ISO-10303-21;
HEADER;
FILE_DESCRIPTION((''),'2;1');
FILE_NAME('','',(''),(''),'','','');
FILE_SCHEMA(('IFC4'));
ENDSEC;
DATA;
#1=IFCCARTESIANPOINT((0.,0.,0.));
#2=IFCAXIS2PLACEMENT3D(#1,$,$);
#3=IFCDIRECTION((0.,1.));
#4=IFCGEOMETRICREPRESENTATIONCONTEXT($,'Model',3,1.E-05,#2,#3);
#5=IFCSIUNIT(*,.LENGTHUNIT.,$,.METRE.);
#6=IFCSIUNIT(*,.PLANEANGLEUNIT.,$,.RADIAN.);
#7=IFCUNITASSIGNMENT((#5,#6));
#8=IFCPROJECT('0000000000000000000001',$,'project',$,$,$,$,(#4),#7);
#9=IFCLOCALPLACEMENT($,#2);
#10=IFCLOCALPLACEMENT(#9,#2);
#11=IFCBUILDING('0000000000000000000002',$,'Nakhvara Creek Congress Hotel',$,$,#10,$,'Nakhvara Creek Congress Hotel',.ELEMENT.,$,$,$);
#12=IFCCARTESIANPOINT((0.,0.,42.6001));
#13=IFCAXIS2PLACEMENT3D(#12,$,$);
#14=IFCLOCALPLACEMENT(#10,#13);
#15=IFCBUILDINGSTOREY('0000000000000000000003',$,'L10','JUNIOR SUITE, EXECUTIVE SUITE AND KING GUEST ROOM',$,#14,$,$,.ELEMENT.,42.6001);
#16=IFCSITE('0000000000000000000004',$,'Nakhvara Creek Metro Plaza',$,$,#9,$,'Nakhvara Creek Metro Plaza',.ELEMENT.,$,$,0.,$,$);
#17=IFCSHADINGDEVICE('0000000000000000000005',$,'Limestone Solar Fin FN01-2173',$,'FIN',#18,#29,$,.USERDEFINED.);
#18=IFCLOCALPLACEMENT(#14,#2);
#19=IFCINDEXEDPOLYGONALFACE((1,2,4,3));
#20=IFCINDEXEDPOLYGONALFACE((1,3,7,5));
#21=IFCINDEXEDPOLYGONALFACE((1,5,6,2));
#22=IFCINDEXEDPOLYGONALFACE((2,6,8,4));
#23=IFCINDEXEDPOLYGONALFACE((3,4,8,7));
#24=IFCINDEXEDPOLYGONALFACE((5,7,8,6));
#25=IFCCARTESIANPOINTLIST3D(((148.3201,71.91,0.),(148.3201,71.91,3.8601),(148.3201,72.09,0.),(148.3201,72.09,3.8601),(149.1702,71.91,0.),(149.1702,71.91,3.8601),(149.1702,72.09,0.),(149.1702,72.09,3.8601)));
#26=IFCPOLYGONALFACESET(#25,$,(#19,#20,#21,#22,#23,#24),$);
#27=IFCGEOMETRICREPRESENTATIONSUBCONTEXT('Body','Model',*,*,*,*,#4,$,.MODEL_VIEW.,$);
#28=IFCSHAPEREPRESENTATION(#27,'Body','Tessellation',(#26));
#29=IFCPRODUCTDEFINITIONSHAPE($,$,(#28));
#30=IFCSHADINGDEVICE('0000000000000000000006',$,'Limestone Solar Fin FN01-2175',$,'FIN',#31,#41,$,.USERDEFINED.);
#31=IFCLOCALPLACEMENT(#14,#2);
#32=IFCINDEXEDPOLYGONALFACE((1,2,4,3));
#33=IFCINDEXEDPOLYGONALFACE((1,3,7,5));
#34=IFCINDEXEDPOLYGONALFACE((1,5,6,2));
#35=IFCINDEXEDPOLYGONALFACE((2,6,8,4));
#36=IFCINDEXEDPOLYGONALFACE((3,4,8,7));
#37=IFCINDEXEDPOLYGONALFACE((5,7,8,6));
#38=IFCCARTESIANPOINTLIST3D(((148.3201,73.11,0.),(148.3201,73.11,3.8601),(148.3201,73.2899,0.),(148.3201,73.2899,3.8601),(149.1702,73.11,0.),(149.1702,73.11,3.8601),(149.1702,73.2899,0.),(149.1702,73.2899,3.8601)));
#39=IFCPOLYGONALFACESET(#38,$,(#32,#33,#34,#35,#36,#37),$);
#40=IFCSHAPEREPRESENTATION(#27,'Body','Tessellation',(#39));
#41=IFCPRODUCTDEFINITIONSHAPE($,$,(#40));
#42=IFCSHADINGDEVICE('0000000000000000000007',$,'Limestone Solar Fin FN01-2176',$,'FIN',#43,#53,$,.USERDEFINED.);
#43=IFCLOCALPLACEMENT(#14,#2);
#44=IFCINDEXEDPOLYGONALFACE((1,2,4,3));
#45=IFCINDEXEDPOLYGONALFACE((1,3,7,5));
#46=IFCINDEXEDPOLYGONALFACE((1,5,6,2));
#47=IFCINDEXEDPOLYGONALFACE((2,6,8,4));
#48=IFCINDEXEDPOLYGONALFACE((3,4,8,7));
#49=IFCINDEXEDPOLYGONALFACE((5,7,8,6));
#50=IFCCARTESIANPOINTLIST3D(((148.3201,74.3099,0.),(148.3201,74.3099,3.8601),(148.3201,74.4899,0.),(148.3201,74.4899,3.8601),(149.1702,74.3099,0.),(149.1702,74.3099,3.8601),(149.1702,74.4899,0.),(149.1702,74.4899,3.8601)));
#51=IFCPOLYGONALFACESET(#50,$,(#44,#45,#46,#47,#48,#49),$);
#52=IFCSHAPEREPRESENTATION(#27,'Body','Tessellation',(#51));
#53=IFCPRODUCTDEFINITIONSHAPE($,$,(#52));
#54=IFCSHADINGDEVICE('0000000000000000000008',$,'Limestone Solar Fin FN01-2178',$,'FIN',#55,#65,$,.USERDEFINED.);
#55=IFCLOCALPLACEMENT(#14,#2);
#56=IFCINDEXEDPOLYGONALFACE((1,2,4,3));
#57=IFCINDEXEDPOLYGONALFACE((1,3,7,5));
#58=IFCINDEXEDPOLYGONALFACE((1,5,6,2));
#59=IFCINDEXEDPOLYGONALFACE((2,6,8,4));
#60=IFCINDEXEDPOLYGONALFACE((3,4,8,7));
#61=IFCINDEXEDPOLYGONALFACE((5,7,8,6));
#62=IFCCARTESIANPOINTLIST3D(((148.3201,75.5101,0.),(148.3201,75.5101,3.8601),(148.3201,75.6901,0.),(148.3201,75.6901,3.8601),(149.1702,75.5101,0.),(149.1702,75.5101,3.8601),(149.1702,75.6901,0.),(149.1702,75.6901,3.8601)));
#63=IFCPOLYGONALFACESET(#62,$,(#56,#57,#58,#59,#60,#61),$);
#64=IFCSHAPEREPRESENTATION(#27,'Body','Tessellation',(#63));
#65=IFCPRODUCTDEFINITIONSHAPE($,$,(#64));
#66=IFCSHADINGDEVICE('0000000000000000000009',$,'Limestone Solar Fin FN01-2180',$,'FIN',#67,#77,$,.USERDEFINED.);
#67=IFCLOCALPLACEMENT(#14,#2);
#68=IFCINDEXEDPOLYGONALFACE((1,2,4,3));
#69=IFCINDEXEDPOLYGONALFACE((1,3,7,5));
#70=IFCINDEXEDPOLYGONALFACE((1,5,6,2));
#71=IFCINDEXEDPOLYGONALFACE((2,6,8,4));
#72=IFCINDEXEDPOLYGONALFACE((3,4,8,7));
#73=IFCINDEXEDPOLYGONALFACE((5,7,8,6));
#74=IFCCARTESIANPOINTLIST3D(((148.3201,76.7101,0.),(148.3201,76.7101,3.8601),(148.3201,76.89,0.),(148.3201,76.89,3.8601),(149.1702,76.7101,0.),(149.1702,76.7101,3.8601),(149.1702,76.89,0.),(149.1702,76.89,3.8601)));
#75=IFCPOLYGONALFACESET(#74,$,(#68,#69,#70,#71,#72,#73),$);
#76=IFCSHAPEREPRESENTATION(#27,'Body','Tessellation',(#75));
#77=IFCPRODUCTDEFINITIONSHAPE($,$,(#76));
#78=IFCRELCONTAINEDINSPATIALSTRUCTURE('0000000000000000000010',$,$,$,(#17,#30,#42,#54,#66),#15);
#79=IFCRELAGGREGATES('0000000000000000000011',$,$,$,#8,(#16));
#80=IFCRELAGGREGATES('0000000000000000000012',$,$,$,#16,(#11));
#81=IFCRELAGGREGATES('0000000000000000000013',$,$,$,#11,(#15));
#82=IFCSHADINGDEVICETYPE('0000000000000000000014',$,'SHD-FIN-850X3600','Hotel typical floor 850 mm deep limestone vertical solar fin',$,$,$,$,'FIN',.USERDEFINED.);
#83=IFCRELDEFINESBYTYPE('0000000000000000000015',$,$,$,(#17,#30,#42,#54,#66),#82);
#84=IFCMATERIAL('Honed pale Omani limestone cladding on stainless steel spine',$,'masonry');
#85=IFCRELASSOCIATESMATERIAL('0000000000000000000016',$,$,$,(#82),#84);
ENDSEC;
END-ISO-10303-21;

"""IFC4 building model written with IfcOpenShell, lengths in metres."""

from ifc_helpers import new_model, si_unit, direction, frame, origin, origin_2d, place, context, subcontext, project, spatial, rectangle, extrude, material, type_object, element, save


model = new_model("IFC4")

# Units and contexts
model_context = context("Model", 3, precision=1e-05, world=origin(), true_north=direction((0.0, 1.0)))
body_context = subcontext(model_context, "Body", "Model", "MODEL_VIEW")
ifc_project = project(units=[si_unit("LENGTHUNIT", "METRE"), si_unit("PLANEANGLEUNIT", "RADIAN")], contexts=[model_context])

# Site, building, storey
site_placement = place(None, origin())
site = spatial("IfcSite", under=ifc_project, at=site_placement, Name="Nakhvara Creek Metro Plaza", LongName="Nakhvara Creek Metro Plaza", CompositionType="ELEMENT", RefElevation=0.0)
building_placement = place(site_placement, origin())
building = spatial("IfcBuilding", under=site, at=building_placement, Name="Nakhvara Creek Congress Hotel", LongName="Nakhvara Creek Congress Hotel", CompositionType="ELEMENT")
storey_placement = place(building_placement, frame((0.0, 0.0, 42.6001)))
storey = spatial("IfcBuildingStorey", under=building, at=storey_placement, Name="L10", Description="JUNIOR SUITE, EXECUTIVE SUITE AND KING GUEST ROOM", CompositionType="ELEMENT", Elevation=42.6001)

# Shading devices
ifc_material_1 = material(Name="Honed pale Omani limestone cladding on stainless steel spine", Category="masonry")
shading_device_type = type_object("IfcShadingDeviceType", Name="SHD-FIN-850X3600", Description="Hotel typical floor 850 mm deep limestone vertical solar fin", ElementType="FIN", PredefinedType="USERDEFINED", material=ifc_material_1)
for number, where, z_axis, x_axis, name in (
    (1, (148.7451, 72.0, 0.0), (0.0, 0.0, 1.0), (0.0, 1.0, 0.0), "Limestone Solar Fin FN01-2173"),
    (2, (148.7451, 73.2, 0.0), (0.0, 0.0, 1.0), (0.0, 1.0, 0.0), "Limestone Solar Fin FN01-2175"),
    (3, (148.7451, 74.3999, 0.0), (0.0, 0.0, 1.0), (0.0, 1.0, 0.0), "Limestone Solar Fin FN01-2176"),
    (4, (148.7451, 75.6001, 0.0), (0.0, 0.0, 1.0), (0.0, 1.0, 0.0), "Limestone Solar Fin FN01-2178"),
    (5, (148.7451, 76.8, 0.0), (0.0, 0.0, 1.0), (0.0, 1.0, 0.0), "Limestone Solar Fin FN01-2180"),
):
    element("IfcShadingDevice", number, at=place(storey_placement, frame(where, z_axis=z_axis, x_axis=x_axis)), inside=storey, type_object=shading_device_type, Name=name, ObjectType="FIN", PredefinedType="USERDEFINED", context=body_context, shape_type="SweptSolid", body=[
        extrude(rectangle(XDim=0.1799, YDim=0.8501, at=origin_2d()), origin(), (0.0, 0.0, 1.0), 3.8601),
    ])

save(model, "model.ifc")
